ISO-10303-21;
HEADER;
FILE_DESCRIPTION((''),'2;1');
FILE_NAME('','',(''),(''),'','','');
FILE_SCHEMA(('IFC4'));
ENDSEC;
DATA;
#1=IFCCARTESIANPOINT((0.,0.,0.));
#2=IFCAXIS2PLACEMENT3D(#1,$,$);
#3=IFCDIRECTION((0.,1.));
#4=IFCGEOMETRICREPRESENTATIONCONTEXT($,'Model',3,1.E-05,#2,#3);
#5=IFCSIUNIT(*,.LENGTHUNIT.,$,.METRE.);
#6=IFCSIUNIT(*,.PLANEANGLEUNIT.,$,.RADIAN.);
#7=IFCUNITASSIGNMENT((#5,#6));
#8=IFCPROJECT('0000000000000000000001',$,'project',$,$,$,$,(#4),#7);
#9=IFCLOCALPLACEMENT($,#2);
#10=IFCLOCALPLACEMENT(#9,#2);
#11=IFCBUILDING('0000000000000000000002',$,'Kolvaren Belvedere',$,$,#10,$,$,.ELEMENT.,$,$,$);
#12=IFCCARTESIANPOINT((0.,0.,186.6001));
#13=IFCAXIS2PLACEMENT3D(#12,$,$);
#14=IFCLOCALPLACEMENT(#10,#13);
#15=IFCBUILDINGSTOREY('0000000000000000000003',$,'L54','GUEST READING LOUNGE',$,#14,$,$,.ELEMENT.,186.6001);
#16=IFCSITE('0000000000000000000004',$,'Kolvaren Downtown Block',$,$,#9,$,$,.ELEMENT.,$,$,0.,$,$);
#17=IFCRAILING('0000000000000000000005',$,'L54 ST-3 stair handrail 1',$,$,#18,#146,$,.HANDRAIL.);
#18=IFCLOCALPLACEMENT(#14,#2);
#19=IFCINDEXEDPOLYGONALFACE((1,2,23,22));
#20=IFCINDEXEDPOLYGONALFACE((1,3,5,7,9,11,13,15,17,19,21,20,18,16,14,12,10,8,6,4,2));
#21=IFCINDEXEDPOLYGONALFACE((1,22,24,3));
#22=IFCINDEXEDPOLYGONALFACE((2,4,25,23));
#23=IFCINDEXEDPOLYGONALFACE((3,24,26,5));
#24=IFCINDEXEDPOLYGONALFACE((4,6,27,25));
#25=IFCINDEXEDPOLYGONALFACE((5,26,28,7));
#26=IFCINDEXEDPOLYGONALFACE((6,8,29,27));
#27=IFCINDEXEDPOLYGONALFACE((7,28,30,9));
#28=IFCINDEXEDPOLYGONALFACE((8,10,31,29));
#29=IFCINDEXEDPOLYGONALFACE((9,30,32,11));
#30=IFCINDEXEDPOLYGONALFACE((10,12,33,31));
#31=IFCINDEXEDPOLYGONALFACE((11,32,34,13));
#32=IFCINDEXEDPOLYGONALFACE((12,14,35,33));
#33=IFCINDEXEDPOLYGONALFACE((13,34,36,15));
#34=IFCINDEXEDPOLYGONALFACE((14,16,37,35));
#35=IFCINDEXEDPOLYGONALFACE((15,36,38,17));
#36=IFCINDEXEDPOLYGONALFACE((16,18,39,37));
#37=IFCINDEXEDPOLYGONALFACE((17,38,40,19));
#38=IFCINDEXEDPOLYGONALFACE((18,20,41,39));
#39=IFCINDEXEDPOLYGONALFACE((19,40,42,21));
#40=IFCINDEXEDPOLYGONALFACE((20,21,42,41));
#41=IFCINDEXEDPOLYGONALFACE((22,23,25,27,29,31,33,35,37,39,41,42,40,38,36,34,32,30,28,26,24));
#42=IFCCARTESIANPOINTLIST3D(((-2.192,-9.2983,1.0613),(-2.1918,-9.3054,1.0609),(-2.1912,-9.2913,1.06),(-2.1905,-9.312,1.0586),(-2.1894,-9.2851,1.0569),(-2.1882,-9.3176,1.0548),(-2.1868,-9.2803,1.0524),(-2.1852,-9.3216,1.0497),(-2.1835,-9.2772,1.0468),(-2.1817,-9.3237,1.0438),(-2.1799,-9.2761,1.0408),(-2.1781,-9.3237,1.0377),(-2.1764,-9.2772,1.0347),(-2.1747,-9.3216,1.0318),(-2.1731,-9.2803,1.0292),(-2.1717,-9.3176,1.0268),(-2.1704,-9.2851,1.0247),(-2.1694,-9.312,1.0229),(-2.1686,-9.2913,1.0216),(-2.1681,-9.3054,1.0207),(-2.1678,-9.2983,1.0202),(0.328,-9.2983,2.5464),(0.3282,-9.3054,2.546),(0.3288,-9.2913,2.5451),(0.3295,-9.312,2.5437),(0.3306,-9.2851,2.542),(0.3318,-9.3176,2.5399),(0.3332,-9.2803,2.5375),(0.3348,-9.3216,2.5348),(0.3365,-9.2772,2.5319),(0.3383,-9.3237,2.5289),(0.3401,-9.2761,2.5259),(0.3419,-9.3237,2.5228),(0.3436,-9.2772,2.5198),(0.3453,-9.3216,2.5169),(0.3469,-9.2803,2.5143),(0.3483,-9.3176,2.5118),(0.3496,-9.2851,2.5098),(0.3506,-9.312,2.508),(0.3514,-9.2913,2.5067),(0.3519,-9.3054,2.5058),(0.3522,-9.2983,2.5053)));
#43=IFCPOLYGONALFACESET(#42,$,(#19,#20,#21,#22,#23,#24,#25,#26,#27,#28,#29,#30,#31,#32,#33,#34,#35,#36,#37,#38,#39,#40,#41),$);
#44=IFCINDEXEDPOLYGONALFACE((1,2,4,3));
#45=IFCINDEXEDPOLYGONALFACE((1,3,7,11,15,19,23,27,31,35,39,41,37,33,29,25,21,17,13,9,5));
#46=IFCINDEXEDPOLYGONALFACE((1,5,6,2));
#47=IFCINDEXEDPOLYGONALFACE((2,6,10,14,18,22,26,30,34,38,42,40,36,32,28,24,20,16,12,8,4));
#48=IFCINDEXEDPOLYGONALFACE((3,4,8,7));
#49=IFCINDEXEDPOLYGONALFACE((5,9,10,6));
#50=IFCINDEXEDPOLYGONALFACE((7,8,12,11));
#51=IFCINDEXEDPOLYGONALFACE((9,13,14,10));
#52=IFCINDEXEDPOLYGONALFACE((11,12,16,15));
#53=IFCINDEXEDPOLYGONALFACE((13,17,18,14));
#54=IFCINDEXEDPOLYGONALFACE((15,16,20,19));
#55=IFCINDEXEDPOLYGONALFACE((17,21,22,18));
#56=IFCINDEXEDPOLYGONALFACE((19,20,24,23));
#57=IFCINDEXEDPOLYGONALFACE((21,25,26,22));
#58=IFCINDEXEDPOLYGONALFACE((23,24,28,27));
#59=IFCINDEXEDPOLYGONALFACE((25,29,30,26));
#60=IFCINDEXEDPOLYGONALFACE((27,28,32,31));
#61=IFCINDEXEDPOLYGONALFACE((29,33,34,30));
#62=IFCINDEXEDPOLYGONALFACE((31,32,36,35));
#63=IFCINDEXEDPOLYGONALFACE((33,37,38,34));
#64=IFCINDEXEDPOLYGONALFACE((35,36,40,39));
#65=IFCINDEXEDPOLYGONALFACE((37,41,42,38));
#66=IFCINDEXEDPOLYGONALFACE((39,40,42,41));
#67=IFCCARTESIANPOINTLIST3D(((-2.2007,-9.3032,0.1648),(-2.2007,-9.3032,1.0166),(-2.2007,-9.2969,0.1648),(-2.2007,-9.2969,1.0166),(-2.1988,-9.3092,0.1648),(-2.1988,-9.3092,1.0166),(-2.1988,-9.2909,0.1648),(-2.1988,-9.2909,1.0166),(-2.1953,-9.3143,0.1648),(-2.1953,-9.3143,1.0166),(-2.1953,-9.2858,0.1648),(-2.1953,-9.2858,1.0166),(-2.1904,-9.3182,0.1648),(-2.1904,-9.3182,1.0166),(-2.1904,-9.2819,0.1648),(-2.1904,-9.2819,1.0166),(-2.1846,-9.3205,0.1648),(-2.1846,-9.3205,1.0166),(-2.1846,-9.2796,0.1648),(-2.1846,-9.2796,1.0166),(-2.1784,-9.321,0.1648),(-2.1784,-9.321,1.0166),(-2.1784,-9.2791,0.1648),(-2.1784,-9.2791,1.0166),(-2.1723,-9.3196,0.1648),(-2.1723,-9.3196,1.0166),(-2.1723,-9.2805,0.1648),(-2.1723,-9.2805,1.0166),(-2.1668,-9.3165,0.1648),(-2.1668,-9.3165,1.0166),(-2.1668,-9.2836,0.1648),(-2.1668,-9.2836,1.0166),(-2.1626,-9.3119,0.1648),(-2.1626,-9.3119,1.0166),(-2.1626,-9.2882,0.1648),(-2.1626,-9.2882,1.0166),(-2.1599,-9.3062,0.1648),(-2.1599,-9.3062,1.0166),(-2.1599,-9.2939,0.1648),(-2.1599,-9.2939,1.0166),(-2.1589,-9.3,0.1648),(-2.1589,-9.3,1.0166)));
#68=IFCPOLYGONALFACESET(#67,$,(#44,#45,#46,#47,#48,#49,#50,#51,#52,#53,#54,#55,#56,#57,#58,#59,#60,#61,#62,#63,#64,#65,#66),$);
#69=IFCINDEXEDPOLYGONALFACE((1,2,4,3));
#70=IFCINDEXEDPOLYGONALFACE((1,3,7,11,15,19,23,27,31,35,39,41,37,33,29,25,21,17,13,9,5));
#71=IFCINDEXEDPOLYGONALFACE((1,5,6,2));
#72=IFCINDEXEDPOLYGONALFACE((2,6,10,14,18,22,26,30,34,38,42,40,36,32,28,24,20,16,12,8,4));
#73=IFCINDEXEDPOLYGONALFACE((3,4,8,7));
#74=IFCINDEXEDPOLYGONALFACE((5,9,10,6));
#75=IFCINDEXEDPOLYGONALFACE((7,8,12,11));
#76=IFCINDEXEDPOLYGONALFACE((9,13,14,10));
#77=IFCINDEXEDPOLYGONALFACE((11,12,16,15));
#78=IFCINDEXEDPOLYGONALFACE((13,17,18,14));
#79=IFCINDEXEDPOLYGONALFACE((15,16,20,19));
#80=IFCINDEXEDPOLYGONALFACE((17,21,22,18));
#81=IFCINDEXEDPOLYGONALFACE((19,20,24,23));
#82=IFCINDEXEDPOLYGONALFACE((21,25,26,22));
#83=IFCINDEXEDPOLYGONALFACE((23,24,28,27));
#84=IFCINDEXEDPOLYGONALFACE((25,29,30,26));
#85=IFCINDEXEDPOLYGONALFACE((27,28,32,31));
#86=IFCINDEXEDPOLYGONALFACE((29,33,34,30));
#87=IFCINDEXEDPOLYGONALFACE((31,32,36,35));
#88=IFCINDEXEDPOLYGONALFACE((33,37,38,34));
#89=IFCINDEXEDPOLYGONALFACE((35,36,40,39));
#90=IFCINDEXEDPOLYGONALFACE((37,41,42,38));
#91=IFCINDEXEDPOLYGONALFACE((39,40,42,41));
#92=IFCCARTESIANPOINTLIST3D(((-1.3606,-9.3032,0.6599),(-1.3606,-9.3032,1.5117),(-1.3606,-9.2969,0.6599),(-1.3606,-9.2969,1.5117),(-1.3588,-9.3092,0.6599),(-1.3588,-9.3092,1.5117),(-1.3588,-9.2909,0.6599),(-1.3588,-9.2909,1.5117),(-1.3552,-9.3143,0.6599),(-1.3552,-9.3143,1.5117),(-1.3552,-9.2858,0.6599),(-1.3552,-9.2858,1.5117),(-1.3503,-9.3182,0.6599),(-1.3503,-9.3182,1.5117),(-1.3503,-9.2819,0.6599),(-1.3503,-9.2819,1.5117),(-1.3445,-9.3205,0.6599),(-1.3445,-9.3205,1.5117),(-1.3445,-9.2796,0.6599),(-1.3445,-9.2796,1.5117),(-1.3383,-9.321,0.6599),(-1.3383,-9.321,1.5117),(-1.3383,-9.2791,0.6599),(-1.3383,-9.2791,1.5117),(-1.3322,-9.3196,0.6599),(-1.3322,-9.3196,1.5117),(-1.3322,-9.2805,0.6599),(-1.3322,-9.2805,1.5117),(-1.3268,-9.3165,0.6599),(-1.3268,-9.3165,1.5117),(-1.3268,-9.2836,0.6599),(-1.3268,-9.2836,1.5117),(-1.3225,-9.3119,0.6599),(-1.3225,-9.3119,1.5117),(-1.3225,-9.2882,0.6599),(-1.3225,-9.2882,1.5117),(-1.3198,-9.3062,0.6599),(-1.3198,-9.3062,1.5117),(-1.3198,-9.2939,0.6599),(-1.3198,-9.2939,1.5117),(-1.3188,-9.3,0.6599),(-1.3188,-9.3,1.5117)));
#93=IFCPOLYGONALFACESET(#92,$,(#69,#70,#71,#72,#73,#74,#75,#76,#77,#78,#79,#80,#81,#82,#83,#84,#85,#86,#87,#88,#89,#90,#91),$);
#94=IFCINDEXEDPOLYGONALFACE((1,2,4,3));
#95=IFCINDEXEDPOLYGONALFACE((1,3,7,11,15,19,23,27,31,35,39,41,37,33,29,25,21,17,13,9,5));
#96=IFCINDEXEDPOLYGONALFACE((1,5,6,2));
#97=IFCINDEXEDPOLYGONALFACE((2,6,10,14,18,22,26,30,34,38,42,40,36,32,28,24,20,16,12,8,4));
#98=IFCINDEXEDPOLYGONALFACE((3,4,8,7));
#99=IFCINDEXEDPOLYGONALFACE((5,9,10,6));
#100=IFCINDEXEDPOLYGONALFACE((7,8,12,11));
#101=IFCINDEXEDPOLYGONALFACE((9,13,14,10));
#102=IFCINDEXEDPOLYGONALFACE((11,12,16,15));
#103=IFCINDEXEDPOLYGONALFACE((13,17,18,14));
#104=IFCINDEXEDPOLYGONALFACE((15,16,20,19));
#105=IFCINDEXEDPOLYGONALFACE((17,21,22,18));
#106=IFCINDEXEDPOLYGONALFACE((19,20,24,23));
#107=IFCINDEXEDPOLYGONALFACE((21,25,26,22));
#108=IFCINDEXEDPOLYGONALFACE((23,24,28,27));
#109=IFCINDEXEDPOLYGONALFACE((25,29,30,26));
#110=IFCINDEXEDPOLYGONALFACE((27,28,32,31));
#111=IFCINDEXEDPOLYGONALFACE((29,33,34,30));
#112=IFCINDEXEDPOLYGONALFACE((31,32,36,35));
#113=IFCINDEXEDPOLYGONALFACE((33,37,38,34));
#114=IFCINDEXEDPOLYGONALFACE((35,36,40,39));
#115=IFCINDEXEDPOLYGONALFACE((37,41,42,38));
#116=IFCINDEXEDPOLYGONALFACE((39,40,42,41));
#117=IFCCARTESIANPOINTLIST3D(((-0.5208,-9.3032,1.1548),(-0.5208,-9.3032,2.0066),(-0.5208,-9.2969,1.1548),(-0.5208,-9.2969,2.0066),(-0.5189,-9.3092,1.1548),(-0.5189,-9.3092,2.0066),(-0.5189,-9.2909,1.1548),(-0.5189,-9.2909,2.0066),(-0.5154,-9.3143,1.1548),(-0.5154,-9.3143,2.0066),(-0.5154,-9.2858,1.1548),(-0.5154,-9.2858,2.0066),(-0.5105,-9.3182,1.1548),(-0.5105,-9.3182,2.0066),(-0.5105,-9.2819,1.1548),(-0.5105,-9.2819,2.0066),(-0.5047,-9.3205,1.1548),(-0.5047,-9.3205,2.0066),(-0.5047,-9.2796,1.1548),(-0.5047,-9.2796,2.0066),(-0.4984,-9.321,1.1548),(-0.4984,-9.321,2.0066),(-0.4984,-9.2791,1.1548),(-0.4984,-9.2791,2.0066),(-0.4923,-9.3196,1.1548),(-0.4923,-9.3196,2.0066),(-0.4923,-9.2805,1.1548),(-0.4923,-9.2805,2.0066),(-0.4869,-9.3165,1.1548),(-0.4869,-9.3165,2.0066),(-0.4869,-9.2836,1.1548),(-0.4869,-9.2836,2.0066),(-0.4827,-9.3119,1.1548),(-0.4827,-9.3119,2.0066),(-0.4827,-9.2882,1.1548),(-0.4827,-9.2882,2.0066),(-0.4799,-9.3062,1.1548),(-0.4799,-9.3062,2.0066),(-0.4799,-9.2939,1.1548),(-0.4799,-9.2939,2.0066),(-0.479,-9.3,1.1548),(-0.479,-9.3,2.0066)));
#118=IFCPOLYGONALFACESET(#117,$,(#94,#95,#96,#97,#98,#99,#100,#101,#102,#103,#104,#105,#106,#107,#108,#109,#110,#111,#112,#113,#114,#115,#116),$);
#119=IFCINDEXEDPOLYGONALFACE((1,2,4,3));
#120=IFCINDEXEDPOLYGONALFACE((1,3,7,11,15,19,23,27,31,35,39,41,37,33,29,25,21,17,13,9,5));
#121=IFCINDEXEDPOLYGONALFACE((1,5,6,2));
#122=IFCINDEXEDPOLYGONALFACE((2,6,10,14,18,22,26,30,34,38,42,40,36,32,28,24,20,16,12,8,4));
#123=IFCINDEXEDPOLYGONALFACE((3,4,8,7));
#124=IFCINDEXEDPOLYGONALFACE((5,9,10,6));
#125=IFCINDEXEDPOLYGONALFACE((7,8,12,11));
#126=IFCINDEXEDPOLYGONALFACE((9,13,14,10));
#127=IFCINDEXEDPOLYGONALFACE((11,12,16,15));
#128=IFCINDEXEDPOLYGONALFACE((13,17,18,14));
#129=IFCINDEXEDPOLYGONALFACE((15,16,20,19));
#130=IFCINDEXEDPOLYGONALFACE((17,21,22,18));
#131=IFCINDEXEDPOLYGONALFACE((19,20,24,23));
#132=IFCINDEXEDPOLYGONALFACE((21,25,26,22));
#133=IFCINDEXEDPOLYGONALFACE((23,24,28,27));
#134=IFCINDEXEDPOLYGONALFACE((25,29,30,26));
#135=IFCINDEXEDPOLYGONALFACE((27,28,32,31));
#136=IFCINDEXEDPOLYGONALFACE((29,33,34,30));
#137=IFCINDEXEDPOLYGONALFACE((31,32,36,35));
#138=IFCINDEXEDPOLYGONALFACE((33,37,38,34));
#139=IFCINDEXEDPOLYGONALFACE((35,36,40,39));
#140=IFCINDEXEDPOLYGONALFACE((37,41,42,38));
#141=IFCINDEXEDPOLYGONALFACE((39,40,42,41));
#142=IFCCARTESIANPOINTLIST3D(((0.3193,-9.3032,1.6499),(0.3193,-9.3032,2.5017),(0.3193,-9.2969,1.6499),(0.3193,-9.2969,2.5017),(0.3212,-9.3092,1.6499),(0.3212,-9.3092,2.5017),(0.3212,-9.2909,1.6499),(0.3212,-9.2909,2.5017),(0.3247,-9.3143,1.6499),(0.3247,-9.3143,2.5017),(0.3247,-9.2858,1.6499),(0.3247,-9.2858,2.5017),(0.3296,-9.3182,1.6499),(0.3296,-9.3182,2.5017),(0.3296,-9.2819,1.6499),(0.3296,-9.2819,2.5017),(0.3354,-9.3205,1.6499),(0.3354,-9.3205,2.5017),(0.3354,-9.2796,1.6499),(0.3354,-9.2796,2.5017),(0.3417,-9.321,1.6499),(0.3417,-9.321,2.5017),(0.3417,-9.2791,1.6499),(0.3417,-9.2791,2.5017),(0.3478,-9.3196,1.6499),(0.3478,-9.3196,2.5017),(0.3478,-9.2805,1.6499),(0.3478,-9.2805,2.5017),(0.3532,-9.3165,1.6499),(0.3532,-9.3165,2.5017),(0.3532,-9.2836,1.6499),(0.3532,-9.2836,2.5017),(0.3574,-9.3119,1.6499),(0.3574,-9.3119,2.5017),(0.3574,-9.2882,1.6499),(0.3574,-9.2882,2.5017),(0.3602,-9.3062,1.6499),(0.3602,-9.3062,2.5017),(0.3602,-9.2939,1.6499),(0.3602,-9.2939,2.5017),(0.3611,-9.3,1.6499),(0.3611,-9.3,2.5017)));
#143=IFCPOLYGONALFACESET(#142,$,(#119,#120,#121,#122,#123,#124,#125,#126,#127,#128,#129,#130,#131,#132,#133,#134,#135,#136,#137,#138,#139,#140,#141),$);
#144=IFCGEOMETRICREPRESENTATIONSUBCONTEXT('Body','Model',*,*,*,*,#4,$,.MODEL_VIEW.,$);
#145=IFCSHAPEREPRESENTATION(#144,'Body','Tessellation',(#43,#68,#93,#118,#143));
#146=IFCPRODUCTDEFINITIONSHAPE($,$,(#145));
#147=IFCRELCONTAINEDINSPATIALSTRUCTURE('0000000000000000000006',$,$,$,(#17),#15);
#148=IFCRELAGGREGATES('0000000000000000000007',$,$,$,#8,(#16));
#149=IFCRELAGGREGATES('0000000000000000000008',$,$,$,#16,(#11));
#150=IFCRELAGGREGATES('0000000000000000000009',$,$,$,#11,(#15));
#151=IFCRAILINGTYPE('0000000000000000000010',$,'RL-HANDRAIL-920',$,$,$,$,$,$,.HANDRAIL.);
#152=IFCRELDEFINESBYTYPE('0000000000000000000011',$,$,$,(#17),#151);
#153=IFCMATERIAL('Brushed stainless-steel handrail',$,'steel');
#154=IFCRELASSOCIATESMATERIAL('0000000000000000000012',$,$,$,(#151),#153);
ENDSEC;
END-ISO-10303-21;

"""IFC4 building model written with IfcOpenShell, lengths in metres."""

from ifc_helpers import new_model, si_unit, direction, frame, origin, origin_2d, place, context, subcontext, project, spatial, circle, extrude, material, type_object, element, save


model = new_model("IFC4")

# Units and contexts
model_context = context("Model", 3, precision=1e-05, world=origin(), true_north=direction((0.0, 1.0)))
body_context = subcontext(model_context, "Body", "Model", "MODEL_VIEW")
ifc_project = project(units=[si_unit("LENGTHUNIT", "METRE"), si_unit("PLANEANGLEUNIT", "RADIAN")], contexts=[model_context])

# Site, building, storey
site_placement = place(None, origin())
site = spatial("IfcSite", under=ifc_project, at=site_placement, Name="Kolvaren Downtown Block", CompositionType="ELEMENT", RefElevation=0.0)
building_placement = place(site_placement, origin())
building = spatial("IfcBuilding", under=site, at=building_placement, Name="Kolvaren Belvedere", CompositionType="ELEMENT")
storey_placement = place(building_placement, frame((0.0, 0.0, 186.6001)))
storey = spatial("IfcBuildingStorey", under=building, at=storey_placement, Name="L54", Description="GUEST READING LOUNGE", CompositionType="ELEMENT", Elevation=186.6001)

# Railing
ifc_material_1 = material(Name="Brushed stainless-steel handrail", Category="steel")
railing_type_1 = type_object("IfcRailingType", Name="RL-HANDRAIL-920", PredefinedType="HANDRAIL", material=ifc_material_1)
railing_1_placement = place(storey_placement, frame((-2.1799, -9.3, 0.1648)))
element("IfcRailing", 1, at=railing_1_placement, inside=storey, type_object=railing_type_1, Name="L54 ST-3 stair handrail 1", PredefinedType="HANDRAIL", context=body_context, shape_type="SweptSolid", body=[
    extrude(circle(Radius=0.0239, at=origin_2d()), frame((0.0, 0.0, 0.876), z_axis=(0.861524, 0.0, 0.507717), x_axis=(0.0, 1.0, 0.0)), (0.0, 0.0, 1.0), 2.925),
    extrude(circle(Radius=0.021, at=origin_2d()), origin(), (0.0, 0.0, 1.0), 0.8518),
    extrude(circle(Radius=0.021, at=origin_2d()), frame((0.8401, 0.0, 0.4951)), (0.0, 0.0, 1.0), 0.8518),
    extrude(circle(Radius=0.021, at=origin_2d()), frame((1.6799, 0.0, 0.99)), (0.0, 0.0, 1.0), 0.8518),
    extrude(circle(Radius=0.021, at=origin_2d()), frame((2.52, 0.0, 1.4851)), (0.0, 0.0, 1.0), 0.8518),
])

save(model, "model.ifc")
